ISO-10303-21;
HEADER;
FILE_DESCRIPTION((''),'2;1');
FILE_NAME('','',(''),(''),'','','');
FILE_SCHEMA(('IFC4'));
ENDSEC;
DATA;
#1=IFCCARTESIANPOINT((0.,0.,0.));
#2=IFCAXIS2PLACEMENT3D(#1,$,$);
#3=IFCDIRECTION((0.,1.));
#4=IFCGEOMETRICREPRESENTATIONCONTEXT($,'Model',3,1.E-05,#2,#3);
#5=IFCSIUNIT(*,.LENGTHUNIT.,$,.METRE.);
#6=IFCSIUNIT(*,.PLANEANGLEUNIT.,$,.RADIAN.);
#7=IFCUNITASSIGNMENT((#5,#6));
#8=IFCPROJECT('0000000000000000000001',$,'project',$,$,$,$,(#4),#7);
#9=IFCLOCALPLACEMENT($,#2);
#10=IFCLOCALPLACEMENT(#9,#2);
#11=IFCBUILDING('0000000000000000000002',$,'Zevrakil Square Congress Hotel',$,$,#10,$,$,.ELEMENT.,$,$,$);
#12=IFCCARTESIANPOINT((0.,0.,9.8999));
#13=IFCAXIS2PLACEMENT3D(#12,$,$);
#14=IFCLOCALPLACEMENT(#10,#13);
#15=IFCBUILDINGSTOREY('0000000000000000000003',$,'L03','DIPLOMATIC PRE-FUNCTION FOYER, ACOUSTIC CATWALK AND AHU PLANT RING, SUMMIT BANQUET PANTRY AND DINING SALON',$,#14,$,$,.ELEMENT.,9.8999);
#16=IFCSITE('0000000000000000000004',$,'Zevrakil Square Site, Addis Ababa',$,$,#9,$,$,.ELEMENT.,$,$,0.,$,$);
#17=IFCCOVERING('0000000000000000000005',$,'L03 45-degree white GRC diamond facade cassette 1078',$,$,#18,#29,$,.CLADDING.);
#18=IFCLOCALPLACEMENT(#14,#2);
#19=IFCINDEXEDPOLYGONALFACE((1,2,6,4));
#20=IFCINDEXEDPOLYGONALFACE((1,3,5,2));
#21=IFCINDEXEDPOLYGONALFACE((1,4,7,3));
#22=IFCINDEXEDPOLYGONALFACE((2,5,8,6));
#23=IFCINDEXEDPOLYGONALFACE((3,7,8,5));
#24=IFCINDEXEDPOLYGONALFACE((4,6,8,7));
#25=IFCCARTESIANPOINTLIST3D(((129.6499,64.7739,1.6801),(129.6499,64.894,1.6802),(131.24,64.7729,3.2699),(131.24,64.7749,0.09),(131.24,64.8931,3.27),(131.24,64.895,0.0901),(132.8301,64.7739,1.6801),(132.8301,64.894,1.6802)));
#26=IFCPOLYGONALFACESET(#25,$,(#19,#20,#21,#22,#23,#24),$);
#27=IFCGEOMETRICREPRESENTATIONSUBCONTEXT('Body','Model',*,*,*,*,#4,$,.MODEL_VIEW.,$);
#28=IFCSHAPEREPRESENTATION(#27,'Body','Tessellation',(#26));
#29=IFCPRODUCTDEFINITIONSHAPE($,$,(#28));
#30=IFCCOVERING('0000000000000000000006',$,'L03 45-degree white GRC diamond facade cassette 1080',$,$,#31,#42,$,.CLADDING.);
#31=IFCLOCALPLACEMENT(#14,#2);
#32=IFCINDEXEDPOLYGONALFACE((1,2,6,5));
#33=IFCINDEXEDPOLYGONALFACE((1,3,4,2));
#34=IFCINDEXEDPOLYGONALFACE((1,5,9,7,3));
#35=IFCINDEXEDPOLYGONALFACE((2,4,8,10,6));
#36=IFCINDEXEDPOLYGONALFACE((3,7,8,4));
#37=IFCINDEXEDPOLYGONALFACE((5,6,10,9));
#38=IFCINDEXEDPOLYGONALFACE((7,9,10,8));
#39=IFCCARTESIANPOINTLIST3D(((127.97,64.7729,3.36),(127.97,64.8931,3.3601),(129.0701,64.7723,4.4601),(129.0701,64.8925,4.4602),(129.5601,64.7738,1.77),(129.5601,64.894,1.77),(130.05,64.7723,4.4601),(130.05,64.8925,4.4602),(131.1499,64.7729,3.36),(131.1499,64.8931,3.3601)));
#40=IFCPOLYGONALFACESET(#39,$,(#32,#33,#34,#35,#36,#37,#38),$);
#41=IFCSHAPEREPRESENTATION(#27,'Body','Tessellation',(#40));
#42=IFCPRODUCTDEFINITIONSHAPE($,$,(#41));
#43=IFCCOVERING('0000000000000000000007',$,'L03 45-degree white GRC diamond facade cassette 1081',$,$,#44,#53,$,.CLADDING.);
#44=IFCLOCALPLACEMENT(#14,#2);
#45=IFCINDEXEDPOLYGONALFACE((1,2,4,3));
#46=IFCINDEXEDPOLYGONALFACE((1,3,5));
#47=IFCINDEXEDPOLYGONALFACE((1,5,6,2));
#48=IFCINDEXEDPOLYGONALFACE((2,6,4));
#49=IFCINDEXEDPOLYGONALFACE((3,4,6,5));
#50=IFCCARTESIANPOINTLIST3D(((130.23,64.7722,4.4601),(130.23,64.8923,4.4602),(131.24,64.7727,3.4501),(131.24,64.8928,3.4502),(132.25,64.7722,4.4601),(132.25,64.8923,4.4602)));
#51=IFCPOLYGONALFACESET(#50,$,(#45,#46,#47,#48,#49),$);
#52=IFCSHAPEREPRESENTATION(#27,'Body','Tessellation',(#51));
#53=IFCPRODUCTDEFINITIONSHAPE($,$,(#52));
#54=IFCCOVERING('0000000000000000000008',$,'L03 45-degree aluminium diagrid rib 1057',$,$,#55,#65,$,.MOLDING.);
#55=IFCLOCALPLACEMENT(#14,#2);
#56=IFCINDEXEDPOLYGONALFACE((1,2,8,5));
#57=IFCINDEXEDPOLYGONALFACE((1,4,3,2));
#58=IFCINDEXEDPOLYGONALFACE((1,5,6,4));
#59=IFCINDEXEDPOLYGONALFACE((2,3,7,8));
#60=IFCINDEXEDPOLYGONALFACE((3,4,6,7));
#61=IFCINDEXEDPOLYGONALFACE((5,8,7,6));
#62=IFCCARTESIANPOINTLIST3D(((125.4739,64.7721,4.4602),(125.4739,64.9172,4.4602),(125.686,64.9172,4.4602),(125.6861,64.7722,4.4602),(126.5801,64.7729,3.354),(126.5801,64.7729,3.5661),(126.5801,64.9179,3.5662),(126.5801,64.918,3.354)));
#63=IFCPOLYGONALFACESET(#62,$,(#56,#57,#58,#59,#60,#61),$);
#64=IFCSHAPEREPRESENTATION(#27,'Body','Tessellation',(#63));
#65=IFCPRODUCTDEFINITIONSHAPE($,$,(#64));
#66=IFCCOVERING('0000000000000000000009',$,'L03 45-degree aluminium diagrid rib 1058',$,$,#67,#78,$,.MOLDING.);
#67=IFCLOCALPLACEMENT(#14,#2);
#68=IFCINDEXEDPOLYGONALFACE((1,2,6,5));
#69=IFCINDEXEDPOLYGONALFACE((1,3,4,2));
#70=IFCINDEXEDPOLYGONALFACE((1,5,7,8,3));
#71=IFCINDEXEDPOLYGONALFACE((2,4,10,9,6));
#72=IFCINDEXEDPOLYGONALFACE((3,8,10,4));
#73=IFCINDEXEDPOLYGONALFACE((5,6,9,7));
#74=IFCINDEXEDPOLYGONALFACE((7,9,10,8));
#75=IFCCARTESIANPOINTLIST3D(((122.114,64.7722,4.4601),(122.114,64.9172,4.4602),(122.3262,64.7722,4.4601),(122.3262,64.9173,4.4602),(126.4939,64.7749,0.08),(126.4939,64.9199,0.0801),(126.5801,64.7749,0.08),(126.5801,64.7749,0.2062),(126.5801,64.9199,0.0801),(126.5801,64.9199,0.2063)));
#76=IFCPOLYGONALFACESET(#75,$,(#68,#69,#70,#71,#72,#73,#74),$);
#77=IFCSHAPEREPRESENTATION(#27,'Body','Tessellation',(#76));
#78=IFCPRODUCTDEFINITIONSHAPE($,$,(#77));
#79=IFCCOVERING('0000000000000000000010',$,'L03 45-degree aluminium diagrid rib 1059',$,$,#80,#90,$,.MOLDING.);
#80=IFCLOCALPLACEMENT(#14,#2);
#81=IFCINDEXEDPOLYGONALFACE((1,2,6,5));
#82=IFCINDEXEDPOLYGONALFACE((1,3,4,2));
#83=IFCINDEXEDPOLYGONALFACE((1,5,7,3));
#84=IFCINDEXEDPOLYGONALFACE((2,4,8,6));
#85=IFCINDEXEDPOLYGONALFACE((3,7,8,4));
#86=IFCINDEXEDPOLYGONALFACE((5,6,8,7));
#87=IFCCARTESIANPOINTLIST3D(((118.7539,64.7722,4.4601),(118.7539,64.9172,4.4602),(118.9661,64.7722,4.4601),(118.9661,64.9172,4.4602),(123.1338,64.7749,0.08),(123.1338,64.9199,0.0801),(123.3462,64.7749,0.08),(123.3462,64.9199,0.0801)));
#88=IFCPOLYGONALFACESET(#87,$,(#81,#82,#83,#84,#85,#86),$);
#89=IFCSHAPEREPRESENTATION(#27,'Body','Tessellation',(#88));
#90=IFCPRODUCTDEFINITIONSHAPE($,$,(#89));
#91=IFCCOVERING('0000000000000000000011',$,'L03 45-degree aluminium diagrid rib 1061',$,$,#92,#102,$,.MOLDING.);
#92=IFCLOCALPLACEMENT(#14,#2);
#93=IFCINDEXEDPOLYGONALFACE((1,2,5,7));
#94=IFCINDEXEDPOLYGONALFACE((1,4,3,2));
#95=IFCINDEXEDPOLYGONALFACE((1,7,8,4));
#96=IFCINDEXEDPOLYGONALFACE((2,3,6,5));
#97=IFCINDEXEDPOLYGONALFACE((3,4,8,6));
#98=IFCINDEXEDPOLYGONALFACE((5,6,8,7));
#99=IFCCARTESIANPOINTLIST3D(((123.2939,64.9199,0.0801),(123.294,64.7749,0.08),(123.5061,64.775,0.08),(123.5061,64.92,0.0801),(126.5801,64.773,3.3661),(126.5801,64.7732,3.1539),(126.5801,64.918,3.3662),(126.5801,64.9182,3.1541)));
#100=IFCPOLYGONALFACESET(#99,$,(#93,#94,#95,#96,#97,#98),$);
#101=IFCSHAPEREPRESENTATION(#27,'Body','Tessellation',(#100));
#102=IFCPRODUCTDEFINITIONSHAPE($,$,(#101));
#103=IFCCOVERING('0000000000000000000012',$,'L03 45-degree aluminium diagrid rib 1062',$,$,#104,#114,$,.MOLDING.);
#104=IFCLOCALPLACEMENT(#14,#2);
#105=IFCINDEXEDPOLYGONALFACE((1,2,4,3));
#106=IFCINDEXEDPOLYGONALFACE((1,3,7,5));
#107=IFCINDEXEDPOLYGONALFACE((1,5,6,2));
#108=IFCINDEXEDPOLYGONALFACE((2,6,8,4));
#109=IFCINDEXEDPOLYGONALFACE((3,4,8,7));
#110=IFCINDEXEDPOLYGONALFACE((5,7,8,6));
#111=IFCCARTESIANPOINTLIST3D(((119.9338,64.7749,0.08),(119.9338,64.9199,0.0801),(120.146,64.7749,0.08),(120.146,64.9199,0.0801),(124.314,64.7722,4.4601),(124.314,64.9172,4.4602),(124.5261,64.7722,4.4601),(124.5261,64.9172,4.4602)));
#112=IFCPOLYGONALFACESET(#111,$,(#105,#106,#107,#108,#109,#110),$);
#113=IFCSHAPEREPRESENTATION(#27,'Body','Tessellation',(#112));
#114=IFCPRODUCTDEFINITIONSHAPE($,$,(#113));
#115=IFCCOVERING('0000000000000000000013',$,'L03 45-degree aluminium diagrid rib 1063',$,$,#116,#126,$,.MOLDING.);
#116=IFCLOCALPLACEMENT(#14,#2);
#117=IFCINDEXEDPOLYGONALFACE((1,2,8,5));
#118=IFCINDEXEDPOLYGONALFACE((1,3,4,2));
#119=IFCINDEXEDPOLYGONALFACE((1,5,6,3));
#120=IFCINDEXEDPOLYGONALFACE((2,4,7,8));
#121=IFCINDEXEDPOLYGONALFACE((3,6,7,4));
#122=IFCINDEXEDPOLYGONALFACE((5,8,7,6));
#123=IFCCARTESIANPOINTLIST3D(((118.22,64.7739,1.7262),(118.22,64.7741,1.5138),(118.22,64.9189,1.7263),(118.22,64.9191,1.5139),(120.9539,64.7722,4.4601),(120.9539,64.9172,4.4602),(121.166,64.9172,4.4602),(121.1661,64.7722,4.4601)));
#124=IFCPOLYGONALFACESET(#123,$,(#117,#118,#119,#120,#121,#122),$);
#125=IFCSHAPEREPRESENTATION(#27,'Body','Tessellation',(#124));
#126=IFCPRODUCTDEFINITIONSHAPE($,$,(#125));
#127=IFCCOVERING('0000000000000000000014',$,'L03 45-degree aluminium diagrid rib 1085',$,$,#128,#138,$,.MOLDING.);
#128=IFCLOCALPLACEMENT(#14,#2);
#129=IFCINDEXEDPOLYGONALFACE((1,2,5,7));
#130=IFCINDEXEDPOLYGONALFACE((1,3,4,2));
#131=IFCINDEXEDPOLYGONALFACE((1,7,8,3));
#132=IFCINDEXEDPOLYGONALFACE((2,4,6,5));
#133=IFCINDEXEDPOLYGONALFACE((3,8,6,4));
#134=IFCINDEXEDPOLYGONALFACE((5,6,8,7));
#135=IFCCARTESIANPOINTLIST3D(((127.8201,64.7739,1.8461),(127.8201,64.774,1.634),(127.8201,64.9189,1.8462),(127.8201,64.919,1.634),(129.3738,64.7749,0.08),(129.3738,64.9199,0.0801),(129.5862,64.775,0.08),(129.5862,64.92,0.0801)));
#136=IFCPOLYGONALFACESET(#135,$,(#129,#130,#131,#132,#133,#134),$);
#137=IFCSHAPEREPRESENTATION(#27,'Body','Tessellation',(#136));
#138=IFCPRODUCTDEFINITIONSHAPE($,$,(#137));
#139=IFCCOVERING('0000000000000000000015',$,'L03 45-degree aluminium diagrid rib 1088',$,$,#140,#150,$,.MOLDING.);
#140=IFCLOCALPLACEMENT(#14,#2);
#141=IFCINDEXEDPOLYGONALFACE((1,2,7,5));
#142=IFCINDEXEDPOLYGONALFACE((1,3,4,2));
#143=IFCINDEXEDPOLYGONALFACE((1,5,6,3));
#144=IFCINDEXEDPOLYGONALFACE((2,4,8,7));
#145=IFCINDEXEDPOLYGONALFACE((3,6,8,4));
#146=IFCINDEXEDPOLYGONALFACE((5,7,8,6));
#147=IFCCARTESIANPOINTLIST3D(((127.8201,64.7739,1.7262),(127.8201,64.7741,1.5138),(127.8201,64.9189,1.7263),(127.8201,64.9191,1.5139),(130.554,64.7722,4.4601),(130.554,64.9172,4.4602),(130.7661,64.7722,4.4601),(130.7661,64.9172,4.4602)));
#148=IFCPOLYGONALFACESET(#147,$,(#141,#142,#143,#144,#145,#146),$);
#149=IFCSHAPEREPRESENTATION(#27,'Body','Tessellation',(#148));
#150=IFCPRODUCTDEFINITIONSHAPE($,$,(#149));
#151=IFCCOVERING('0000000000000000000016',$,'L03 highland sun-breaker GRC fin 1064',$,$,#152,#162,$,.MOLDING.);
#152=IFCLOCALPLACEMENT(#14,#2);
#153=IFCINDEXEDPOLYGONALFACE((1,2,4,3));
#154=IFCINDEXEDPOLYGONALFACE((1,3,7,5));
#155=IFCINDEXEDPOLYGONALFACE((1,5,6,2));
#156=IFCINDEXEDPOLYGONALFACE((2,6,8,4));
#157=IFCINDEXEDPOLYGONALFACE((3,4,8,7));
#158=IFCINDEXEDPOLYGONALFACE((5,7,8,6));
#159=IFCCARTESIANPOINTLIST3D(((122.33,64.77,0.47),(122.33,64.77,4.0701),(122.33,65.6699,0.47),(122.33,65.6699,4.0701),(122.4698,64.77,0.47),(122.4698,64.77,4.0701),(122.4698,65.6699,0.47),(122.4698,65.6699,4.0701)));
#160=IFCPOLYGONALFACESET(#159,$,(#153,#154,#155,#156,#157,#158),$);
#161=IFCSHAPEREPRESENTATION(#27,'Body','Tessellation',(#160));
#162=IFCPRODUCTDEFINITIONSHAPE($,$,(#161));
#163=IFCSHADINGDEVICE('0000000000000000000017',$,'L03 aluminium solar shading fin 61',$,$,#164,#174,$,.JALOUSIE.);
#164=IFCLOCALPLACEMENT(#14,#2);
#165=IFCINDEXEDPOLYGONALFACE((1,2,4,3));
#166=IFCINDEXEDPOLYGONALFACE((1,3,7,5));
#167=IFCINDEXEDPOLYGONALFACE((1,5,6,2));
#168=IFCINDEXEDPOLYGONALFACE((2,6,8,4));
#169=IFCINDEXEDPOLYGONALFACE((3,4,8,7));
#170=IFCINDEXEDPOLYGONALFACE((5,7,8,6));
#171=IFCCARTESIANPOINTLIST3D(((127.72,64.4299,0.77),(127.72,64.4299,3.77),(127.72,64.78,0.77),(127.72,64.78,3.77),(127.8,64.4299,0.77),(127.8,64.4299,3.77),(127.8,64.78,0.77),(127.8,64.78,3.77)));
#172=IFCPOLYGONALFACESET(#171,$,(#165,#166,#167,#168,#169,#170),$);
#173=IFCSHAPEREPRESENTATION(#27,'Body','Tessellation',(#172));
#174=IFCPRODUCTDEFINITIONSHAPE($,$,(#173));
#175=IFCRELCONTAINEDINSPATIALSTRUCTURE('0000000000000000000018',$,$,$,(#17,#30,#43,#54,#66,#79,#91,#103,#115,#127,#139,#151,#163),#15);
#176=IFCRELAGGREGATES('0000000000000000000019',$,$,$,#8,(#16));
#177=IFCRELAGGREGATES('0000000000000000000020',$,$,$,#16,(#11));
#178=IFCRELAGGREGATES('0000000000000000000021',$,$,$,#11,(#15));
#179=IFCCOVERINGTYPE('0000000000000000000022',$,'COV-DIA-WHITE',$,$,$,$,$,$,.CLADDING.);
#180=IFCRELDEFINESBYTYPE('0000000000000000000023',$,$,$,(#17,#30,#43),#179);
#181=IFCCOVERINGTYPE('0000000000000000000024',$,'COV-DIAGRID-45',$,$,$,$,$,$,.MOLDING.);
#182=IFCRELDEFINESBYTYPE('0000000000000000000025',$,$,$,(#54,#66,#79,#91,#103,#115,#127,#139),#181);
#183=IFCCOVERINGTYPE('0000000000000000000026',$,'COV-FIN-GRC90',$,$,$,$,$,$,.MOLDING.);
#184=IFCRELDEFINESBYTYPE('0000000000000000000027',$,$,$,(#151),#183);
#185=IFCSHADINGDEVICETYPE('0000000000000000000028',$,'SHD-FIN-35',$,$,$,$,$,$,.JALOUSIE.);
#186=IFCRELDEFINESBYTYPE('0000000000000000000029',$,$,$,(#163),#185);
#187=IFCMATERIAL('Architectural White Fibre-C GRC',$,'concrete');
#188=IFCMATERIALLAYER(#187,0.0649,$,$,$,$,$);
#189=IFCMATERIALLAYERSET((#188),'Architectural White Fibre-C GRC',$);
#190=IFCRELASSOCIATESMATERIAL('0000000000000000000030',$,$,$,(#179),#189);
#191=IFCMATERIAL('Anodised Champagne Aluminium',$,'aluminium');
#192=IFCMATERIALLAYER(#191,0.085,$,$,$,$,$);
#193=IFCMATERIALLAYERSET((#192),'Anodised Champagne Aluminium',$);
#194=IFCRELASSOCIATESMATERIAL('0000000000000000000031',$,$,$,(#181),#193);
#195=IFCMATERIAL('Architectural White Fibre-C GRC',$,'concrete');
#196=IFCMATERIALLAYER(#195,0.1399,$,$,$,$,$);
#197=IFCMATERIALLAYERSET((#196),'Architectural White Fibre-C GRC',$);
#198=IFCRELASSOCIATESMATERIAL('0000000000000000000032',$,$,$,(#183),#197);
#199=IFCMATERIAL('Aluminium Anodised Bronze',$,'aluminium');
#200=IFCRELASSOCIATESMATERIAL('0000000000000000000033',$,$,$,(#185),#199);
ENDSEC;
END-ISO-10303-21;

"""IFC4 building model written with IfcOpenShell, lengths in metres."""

from ifc_helpers import new_model, si_unit, direction, frame, origin, origin_2d, place, context, subcontext, project, spatial, polyline, rectangle, outline, extrude, material, layer, layer_set, type_object, element, save


model = new_model("IFC4")

# Units and contexts
model_context = context("Model", 3, precision=1e-05, world=origin(), true_north=direction((0.0, 1.0)))
body_context = subcontext(model_context, "Body", "Model", "MODEL_VIEW")
ifc_project = project(units=[si_unit("LENGTHUNIT", "METRE"), si_unit("PLANEANGLEUNIT", "RADIAN")], contexts=[model_context])

# Site, building, storey
site_placement = place(None, origin())
site = spatial("IfcSite", under=ifc_project, at=site_placement, Name="Zevrakil Square Site, Addis Ababa", CompositionType="ELEMENT", RefElevation=0.0)
building_placement = place(site_placement, origin())
building = spatial("IfcBuilding", under=site, at=building_placement, Name="Zevrakil Square Congress Hotel", CompositionType="ELEMENT")
storey_placement = place(building_placement, frame((0.0, 0.0, 9.8999)))
storey = spatial("IfcBuildingStorey", under=building, at=storey_placement, Name="L03", Description="DIPLOMATIC PRE-FUNCTION FOYER, ACOUSTIC CATWALK AND AHU PLANT RING, SUMMIT BANQUET PANTRY AND DINING SALON", CompositionType="ELEMENT", Elevation=9.8999)

# Coverings
ifc_material_1 = material(Name="Architectural White Fibre-C GRC", Category="concrete")
ifc_layer_1 = layer(ifc_material_1, 0.0649)
ifc_layer_set_1 = layer_set([ifc_layer_1], Name="Architectural White Fibre-C GRC")
covering_type_1 = type_object("IfcCoveringType", Name="COV-DIA-WHITE", PredefinedType="CLADDING", material=ifc_layer_set_1)
covering_1_placement = place(storey_placement, frame((131.24, 64.8931, 3.27), z_axis=(0.0, 1.0, 0.000614), x_axis=(-0.707161, 0.000434, -0.707052)))
element("IfcCovering", 1, at=covering_1_placement, inside=storey, type_object=covering_type_1, Name="L03 45-degree white GRC diamond facade cassette 1078", PredefinedType="CLADDING", context=body_context, shape_type="SweptSolid", body=[
    extrude(outline(polyline([(0.0, 0.0), (2.2486, 0.0), (2.2484, -2.2487), (-0.0003, -2.2486), (0.0, 0.0)])), origin(), (0.0, 0.0, -1.0), 0.1201),
])
covering_2_placement = place(storey_placement, frame((127.97, 64.8931, 3.3601), z_axis=(0.0, 1.0, 0.000558), x_axis=(0.707107, 0.000395, -0.707107)))
element("IfcCovering", 2, at=covering_2_placement, inside=storey, type_object=covering_type_1, Name="L03 45-degree white GRC diamond facade cassette 1080", PredefinedType="CLADDING", context=body_context, shape_type="SweptSolid", body=[
    extrude(outline(polyline([(0.0, 0.0), (2.2487, 0.0), (2.2486, -2.2486), (0.693, -2.2487), (0.0, -1.5558), (0.0, 0.0)])), origin(), (0.0, 0.0, -1.0), 0.1201),
])
covering_3_placement = place(storey_placement, frame((131.24, 64.8928, 3.4502), z_axis=(0.0, 1.0, 0.000483), x_axis=(0.707107, -0.000342, 0.707107)))
element("IfcCovering", 3, at=covering_3_placement, inside=storey, type_object=covering_type_1, Name="L03 45-degree white GRC diamond facade cassette 1081", PredefinedType="CLADDING", context=body_context, shape_type="SweptSolid", body=[
    extrude(outline(polyline([(0.0, 0.0), (1.4284, 0.0), (0.0, -1.4284), (0.0, 0.0)])), origin(), (0.0, 0.0, -1.0), 0.1201),
])
ifc_material_2 = material(Name="Anodised Champagne Aluminium", Category="aluminium")
ifc_layer_2 = layer(ifc_material_2, 0.085)
ifc_layer_set_2 = layer_set([ifc_layer_2], Name="Anodised Champagne Aluminium")
covering_type_2 = type_object("IfcCoveringType", Name="COV-DIAGRID-45", PredefinedType="MOLDING", material=ifc_layer_set_2)
covering_4_placement = place(storey_placement, frame((126.5801, 64.918, 3.354), z_axis=(-0.000366, 1.0, 0.000366), x_axis=(0.0, -0.000366, 1.0)))
element("IfcCovering", 4, at=covering_4_placement, inside=storey, type_object=covering_type_2, Name="L03 45-degree aluminium diagrid rib 1057", PredefinedType="MOLDING", context=body_context, shape_type="SweptSolid", body=[
    extrude(outline(polyline([(0.0, 0.0), (0.2122, 0.0), (1.1062, -0.894), (1.1062, -1.1062), (0.0, 0.0)])), origin(), (0.0, 0.0, -1.0), 0.145),
])
covering_5_placement = place(storey_placement, frame((126.4939, 64.9199, 0.0801), z_axis=(-0.000184, 1.0, 0.000435), x_axis=(1.0, 0.000184, 0.0)))
element("IfcCovering", 5, at=covering_5_placement, inside=storey, type_object=covering_type_2, Name="L03 45-degree aluminium diagrid rib 1058", PredefinedType="MOLDING", context=body_context, shape_type="SweptSolid", body=[
    extrude(outline(polyline([(0.0, 0.0), (0.0862, 0.0), (0.0862, -0.1262), (-4.1677, -4.3801), (-4.3799, -4.3801), (0.0, 0.0)])), origin(), (0.0, 0.0, -1.0), 0.145),
])
covering_6_placement = place(storey_placement, frame((123.1338, 64.9199, 0.0801), z_axis=(0.0, 1.0, 0.000613), x_axis=(1.0, 0.0, 0.0)))
element("IfcCovering", 6, at=covering_6_placement, inside=storey, type_object=covering_type_2, Name="L03 45-degree aluminium diagrid rib 1059", PredefinedType="MOLDING", context=body_context, shape_type="SweptSolid", body=[
    extrude(outline(polyline([(0.0, 0.0), (0.2124, 0.0), (-4.1677, -4.3801), (-4.3799, -4.3801), (0.0, 0.0)])), origin(), (0.0, 0.0, -1.0), 0.145),
])
covering_7_placement = place(storey_placement, frame((126.5801, 64.9182, 3.1541), z_axis=(-0.000287, 1.0, 0.000863), x_axis=(0.0, -0.000863, 1.0)))
element("IfcCovering", 7, at=covering_7_placement, inside=storey, type_object=covering_type_2, Name="L03 45-degree aluminium diagrid rib 1061", PredefinedType="MOLDING", context=body_context, shape_type="SweptSolid", body=[
    extrude(outline(polyline([(0.0, 0.0), (0.2122, 0.0), (-3.074, -3.2861), (-3.074, -3.074), (0.0, 0.0)])), origin(), (0.0, 0.0, -1.0), 0.145),
])
covering_8_placement = place(storey_placement, frame((124.5261, 64.9172, 4.4602), z_axis=(0.0, 1.0, 0.000613), x_axis=(-1.0, 0.0, 0.0)))
element("IfcCovering", 8, at=covering_8_placement, inside=storey, type_object=covering_type_2, Name="L03 45-degree aluminium diagrid rib 1062", PredefinedType="MOLDING", context=body_context, shape_type="SweptSolid", body=[
    extrude(outline(polyline([(0.0, 0.0), (0.2122, 0.0), (4.5923, -4.3801), (4.3801, -4.3801), (0.0, 0.0)])), origin(), (0.0, 0.0, -1.0), 0.145),
])
covering_9_placement = place(storey_placement, frame((121.166, 64.9172, 4.4602), z_axis=(-0.000253, 1.0, 0.000897), x_axis=(-1.0, -0.000253, 0.0)))
element("IfcCovering", 9, at=covering_9_placement, inside=storey, type_object=covering_type_2, Name="L03 45-degree aluminium diagrid rib 1063", PredefinedType="MOLDING", context=body_context, shape_type="SweptSolid", body=[
    extrude(outline(polyline([(0.0, 0.0), (0.2122, 0.0), (2.946, -2.7339), (2.946, -2.9463), (0.0, 0.0)])), origin(), (0.0, 0.0, -1.0), 0.145),
])
covering_10_placement = place(storey_placement, frame((129.3738, 64.9199, 0.0801), z_axis=(-0.000294, 1.0, 0.000294), x_axis=(1.0, 0.000294, 0.0)))
element("IfcCovering", 10, at=covering_10_placement, inside=storey, type_object=covering_type_2, Name="L03 45-degree aluminium diagrid rib 1085", PredefinedType="MOLDING", context=body_context, shape_type="SweptSolid", body=[
    extrude(outline(polyline([(0.0, 0.0), (0.2124, 0.0), (-1.5537, -1.7661), (-1.5537, -1.554), (0.0, 0.0)])), origin(), (0.0, 0.0, -1.0), 0.145),
])
covering_11_placement = place(storey_placement, frame((130.7661, 64.9172, 4.4602), z_axis=(-0.000253, 1.0, 0.000897), x_axis=(-1.0, -0.000253, 0.0)))
element("IfcCovering", 11, at=covering_11_placement, inside=storey, type_object=covering_type_2, Name="L03 45-degree aluminium diagrid rib 1088", PredefinedType="MOLDING", context=body_context, shape_type="SweptSolid", body=[
    extrude(outline(polyline([(0.0, 0.0), (0.2122, 0.0), (2.946, -2.7339), (2.946, -2.9463), (0.0, 0.0)])), origin(), (0.0, 0.0, -1.0), 0.145),
])
ifc_material_3 = material(Name="Architectural White Fibre-C GRC", Category="concrete")
ifc_layer_3 = layer(ifc_material_3, 0.1399)
ifc_layer_set_3 = layer_set([ifc_layer_3], Name="Architectural White Fibre-C GRC")
covering_type_3 = type_object("IfcCoveringType", Name="COV-FIN-GRC90", PredefinedType="MOLDING", material=ifc_layer_set_3)
covering_12_placement = place(storey_placement, frame((122.3999, 65.22, 0.47), z_axis=(0.0, 0.0, 1.0), x_axis=(0.0, 1.0, 0.0)))
element("IfcCovering", 12, at=covering_12_placement, inside=storey, type_object=covering_type_3, Name="L03 highland sun-breaker GRC fin 1064", PredefinedType="MOLDING", context=body_context, shape_type="SweptSolid", body=[
    extrude(rectangle(XDim=0.8999, YDim=0.1399, at=origin_2d()), origin(), (0.0, 0.0, 1.0), 3.6001),
])

# Shading device
ifc_material_4 = material(Name="Aluminium Anodised Bronze", Category="aluminium")
shading_device_type = type_object("IfcShadingDeviceType", Name="SHD-FIN-35", PredefinedType="JALOUSIE", material=ifc_material_4)
shading_device_placement = place(storey_placement, frame((127.76, 64.605, 0.77), z_axis=(0.0, 0.0, 1.0), x_axis=(0.0, -1.0, 0.0)))
element("IfcShadingDevice", 13, at=shading_device_placement, inside=storey, type_object=shading_device_type, Name="L03 aluminium solar shading fin 61", PredefinedType="JALOUSIE", context=body_context, shape_type="SweptSolid", body=[
    extrude(rectangle(XDim=0.3501, YDim=0.0801, at=origin_2d()), origin(), (0.0, 0.0, 1.0), 3.0),
])

save(model, "model.ifc")
